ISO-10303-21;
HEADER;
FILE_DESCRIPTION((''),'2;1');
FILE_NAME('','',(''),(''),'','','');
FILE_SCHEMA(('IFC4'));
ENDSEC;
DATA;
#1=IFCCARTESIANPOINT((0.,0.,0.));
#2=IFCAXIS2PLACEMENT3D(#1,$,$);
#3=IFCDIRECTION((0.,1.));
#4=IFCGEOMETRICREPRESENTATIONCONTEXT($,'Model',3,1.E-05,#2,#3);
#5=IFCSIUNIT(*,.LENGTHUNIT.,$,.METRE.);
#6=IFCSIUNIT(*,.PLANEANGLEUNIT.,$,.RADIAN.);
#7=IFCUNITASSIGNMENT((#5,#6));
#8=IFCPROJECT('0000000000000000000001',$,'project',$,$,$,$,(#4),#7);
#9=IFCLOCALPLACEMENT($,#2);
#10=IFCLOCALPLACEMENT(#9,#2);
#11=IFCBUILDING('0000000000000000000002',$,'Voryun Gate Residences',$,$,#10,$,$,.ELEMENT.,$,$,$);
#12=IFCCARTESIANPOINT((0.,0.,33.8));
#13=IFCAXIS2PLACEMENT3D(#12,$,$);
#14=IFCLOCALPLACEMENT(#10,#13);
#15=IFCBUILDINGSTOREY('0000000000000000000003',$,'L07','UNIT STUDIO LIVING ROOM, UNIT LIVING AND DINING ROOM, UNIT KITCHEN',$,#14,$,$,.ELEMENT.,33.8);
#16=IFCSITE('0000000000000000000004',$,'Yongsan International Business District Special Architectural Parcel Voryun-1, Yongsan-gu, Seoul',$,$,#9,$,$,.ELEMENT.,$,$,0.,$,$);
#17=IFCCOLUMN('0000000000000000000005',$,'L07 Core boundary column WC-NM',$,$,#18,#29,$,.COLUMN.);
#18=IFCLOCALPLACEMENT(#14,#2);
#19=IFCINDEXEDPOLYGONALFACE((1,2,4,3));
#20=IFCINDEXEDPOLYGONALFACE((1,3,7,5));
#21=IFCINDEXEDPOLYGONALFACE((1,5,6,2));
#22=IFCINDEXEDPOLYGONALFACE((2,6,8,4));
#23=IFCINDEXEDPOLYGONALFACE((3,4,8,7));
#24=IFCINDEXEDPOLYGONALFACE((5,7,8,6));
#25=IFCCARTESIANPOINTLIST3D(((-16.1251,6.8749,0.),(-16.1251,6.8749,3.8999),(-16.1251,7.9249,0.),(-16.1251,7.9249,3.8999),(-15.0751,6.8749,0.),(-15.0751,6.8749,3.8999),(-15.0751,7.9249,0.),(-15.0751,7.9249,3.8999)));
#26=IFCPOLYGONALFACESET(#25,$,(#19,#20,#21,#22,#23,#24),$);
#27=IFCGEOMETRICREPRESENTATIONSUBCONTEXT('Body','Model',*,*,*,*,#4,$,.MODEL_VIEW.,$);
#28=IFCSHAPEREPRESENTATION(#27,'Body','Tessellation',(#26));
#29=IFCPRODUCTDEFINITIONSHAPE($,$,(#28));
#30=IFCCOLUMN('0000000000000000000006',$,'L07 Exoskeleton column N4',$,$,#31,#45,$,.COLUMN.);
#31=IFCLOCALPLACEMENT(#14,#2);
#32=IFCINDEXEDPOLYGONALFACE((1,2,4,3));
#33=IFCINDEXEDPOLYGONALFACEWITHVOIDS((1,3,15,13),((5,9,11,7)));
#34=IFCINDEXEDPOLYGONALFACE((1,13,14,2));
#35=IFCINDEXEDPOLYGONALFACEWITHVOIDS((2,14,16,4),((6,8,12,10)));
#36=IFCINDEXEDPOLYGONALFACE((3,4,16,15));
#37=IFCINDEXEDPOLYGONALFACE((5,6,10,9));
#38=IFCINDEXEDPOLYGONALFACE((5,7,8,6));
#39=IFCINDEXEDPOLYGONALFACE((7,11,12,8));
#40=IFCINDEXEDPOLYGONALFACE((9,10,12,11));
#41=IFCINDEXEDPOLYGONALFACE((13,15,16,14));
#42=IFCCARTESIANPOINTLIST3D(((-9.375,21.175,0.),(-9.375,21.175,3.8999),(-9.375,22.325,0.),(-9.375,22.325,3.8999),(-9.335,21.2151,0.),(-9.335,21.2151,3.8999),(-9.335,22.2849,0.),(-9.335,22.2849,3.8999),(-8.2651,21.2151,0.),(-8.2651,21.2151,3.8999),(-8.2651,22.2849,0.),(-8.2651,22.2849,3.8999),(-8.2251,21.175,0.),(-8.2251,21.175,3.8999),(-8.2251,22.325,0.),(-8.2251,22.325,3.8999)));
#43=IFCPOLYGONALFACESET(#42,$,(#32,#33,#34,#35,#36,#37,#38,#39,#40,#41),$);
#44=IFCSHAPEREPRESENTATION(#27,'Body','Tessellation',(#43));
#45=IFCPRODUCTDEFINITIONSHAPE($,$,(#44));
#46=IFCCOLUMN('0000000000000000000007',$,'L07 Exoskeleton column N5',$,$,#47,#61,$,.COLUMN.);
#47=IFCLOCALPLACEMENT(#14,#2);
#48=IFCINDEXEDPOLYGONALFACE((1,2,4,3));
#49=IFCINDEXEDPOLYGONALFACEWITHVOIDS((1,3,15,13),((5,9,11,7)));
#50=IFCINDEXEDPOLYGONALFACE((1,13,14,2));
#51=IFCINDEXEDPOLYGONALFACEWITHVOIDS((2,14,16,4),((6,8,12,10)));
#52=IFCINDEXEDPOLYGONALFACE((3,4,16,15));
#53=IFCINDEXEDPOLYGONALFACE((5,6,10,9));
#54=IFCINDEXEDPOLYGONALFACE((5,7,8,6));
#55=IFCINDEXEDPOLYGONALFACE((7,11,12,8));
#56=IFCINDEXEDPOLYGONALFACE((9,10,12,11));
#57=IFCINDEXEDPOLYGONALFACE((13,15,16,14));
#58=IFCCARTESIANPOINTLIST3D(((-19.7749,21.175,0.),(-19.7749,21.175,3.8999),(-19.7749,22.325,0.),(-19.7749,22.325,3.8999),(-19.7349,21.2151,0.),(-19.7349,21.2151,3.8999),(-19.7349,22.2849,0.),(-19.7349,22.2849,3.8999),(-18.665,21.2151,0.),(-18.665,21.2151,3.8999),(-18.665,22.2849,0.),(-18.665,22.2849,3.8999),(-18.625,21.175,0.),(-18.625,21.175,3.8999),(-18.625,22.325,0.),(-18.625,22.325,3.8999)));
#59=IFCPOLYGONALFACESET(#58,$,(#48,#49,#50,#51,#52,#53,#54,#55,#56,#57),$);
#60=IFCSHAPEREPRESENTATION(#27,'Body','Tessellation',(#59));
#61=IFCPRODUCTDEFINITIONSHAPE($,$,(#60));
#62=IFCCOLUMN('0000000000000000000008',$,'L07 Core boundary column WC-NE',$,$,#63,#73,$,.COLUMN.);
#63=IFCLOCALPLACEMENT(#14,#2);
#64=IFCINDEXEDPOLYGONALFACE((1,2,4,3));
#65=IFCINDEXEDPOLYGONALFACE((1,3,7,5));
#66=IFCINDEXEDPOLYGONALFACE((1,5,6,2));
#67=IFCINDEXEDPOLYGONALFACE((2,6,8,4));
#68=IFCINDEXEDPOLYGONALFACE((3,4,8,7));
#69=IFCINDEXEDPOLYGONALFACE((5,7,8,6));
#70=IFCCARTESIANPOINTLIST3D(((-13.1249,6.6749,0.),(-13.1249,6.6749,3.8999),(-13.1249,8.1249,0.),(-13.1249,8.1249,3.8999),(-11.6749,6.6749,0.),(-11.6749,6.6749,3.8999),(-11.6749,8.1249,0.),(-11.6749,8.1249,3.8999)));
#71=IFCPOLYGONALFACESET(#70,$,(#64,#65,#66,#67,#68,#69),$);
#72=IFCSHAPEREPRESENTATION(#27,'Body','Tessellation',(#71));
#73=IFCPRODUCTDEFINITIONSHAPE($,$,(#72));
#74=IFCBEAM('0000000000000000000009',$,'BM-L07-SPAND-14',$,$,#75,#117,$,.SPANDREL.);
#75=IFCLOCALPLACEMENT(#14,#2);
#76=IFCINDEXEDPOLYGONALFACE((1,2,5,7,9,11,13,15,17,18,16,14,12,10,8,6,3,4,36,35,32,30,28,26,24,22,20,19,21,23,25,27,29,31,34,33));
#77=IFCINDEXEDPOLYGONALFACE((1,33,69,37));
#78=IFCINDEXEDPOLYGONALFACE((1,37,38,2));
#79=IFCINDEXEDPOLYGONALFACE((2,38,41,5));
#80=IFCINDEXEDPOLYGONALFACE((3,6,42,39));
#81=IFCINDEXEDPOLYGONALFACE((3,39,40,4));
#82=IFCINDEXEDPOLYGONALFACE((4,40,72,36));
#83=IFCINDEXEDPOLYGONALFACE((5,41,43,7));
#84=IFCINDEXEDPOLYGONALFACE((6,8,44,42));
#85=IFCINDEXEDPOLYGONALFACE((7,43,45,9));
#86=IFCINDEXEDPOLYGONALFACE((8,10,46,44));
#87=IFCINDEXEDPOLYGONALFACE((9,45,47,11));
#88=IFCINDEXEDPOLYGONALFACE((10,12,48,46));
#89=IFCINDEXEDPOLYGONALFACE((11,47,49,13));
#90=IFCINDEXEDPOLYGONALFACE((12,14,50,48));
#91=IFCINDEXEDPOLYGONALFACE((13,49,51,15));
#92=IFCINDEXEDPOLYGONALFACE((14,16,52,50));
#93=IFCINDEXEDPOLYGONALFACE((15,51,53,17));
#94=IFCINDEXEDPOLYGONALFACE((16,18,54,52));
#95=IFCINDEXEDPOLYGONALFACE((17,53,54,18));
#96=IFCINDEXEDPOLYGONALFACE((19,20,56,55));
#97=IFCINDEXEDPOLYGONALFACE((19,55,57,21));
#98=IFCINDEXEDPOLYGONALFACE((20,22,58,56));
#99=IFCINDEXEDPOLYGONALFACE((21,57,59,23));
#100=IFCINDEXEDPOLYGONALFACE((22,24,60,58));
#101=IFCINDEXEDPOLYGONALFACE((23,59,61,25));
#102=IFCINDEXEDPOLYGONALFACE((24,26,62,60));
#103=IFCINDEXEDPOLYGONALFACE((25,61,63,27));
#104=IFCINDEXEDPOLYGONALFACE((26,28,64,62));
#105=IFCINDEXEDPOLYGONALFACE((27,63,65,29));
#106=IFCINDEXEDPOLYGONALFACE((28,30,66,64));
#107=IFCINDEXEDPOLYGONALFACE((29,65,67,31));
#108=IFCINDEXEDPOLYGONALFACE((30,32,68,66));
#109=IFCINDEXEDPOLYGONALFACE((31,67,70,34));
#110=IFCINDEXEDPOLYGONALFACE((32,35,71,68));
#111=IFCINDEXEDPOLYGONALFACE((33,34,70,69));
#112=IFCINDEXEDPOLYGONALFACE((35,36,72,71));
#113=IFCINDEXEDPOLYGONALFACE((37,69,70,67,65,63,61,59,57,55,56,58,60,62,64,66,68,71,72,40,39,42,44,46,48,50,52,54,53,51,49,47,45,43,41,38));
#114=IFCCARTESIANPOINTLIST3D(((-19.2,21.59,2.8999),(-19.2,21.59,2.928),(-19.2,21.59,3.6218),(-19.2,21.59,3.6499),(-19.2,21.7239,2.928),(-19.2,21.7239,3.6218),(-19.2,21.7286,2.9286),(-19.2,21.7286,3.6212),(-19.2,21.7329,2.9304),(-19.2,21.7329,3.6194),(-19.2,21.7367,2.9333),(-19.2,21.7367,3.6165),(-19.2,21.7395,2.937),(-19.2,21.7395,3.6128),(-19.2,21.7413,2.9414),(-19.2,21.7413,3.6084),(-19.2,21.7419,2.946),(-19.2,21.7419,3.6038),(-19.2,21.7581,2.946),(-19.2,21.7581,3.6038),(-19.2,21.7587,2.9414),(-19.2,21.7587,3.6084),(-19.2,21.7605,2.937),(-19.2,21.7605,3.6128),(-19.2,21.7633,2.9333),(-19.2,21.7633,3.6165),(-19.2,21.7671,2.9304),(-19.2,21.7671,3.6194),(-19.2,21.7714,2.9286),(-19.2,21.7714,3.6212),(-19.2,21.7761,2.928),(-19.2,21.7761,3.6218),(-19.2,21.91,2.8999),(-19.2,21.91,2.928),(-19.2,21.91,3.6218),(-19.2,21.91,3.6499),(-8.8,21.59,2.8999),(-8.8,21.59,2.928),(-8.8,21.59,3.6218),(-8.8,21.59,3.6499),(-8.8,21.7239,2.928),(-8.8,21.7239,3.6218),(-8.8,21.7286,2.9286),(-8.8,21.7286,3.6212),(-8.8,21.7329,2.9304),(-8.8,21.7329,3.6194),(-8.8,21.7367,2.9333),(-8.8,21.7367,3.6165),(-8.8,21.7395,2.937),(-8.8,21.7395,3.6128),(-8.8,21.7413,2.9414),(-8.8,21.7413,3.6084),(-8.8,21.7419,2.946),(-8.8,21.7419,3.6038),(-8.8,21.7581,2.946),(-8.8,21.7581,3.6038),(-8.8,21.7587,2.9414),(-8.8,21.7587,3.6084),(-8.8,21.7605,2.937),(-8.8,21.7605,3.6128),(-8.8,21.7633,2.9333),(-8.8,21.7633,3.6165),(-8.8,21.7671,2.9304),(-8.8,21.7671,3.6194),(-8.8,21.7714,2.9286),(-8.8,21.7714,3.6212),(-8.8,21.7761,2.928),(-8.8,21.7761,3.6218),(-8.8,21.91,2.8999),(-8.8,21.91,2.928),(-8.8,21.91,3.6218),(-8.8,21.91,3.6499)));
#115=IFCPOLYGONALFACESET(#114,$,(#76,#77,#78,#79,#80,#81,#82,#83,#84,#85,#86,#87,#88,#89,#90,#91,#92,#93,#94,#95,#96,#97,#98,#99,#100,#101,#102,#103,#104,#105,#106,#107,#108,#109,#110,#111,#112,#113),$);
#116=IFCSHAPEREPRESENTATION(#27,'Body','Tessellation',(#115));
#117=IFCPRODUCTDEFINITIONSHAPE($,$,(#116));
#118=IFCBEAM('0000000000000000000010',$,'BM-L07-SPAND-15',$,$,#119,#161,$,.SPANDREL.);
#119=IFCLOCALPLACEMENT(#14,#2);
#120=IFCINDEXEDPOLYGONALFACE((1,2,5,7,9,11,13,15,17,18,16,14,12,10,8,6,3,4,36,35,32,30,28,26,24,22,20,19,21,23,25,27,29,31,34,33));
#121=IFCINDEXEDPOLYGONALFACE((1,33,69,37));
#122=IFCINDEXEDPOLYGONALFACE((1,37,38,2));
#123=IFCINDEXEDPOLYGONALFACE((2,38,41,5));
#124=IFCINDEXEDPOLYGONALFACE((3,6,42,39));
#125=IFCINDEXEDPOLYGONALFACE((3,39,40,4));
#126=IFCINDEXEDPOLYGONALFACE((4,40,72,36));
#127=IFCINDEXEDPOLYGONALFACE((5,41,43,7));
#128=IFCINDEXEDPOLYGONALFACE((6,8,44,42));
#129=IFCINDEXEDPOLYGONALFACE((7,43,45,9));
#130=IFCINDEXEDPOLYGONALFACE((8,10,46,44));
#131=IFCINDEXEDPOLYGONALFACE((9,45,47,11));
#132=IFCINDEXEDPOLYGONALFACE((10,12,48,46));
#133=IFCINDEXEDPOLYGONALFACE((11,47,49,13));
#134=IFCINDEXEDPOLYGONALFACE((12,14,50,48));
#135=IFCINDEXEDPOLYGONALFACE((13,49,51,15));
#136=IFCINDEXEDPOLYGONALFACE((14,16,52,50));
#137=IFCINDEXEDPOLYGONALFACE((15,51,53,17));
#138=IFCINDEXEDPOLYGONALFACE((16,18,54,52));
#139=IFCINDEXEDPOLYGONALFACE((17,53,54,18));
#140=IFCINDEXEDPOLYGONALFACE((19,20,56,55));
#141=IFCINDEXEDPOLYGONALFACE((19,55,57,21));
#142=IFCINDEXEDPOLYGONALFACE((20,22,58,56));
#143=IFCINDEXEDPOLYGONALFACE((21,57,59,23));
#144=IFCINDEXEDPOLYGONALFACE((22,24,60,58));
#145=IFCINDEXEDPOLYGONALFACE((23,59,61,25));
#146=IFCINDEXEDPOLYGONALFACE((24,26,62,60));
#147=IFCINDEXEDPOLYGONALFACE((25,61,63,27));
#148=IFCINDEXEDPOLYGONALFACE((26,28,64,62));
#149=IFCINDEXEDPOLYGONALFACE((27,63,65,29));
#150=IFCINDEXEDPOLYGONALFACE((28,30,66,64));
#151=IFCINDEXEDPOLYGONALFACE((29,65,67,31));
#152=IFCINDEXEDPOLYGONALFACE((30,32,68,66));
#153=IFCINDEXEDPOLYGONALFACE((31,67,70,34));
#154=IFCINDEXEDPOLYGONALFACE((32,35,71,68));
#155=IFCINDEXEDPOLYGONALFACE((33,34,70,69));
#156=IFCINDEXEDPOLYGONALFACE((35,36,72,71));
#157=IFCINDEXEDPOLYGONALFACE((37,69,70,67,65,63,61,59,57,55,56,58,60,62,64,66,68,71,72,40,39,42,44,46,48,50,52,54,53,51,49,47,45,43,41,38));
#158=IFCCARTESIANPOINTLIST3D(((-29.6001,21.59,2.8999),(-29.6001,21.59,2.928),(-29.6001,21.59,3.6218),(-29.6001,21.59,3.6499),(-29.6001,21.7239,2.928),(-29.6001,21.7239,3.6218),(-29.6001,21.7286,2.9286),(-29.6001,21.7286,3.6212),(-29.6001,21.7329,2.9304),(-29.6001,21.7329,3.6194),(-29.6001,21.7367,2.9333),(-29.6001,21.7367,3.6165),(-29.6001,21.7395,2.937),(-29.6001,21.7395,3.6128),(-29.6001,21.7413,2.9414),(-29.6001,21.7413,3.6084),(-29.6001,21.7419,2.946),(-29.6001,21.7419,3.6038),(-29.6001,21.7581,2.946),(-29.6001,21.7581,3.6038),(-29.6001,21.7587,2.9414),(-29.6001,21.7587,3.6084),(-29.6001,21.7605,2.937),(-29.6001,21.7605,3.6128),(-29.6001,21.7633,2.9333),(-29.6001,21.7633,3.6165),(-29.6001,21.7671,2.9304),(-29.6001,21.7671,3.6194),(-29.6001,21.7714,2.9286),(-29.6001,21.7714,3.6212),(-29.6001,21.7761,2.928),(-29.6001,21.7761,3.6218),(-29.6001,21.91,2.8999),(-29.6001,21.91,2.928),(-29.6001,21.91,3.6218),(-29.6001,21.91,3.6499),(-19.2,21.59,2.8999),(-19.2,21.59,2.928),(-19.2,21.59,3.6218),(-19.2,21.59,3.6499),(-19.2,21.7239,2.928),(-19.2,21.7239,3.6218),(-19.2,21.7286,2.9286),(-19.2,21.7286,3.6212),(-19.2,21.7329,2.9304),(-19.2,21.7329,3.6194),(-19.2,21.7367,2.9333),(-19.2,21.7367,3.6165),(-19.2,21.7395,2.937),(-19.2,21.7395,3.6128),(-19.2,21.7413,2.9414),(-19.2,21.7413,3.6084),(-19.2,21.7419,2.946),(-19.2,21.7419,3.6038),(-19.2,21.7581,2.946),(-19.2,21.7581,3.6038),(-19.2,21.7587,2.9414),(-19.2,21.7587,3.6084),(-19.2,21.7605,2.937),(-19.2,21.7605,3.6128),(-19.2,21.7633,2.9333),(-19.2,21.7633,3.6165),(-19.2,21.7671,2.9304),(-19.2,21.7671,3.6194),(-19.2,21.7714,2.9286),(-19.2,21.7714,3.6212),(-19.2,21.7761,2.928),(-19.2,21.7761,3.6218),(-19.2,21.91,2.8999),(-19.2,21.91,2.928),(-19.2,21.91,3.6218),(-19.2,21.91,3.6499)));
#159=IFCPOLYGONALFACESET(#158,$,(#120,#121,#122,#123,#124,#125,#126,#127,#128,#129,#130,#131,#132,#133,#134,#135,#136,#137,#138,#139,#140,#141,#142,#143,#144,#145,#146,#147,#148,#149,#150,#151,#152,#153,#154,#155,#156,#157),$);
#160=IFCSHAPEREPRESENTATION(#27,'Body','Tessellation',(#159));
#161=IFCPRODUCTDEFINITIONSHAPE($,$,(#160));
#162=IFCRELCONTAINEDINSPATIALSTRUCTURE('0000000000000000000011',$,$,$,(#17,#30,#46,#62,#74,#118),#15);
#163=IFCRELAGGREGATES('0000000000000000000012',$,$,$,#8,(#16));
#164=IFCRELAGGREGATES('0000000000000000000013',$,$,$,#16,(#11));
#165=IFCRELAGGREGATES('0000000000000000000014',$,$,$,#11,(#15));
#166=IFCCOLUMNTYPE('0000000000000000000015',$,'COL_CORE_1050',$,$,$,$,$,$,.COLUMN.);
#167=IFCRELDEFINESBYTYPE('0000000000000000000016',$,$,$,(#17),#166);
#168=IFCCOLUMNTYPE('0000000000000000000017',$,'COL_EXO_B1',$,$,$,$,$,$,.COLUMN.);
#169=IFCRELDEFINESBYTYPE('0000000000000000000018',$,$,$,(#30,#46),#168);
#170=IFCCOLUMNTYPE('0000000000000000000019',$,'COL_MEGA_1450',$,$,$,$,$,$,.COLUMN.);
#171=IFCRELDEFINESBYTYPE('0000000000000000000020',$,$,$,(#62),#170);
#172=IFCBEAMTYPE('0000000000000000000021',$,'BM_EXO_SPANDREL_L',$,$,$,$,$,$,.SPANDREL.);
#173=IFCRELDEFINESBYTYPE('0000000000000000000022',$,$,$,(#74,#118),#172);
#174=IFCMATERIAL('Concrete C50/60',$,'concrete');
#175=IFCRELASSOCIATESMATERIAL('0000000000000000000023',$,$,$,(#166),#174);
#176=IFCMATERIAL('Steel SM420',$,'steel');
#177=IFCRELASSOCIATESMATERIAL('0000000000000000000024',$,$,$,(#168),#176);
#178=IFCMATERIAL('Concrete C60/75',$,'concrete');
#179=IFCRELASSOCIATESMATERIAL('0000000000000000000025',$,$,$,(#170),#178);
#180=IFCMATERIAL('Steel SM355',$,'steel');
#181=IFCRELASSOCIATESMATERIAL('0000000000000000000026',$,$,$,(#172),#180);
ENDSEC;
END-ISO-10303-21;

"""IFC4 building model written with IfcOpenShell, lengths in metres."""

from ifc_helpers import new_model, si_unit, direction, frame, origin, origin_2d, place, context, subcontext, project, spatial, rectangle, hollow_rectangle, i_section, extrude, material, material_profile, profile_set, type_object, element, save


model = new_model("IFC4")

# Units and contexts
model_context = context("Model", 3, precision=1e-05, world=origin(), true_north=direction((0.0, 1.0)))
body_context = subcontext(model_context, "Body", "Model", "MODEL_VIEW")
ifc_project = project(units=[si_unit("LENGTHUNIT", "METRE"), si_unit("PLANEANGLEUNIT", "RADIAN")], contexts=[model_context])

# Site, building, storey
site_placement = place(None, origin())
site = spatial("IfcSite", under=ifc_project, at=site_placement, Name="Yongsan International Business District Special Architectural Parcel Voryun-1, Yongsan-gu, Seoul", CompositionType="ELEMENT", RefElevation=0.0)
building_placement = place(site_placement, origin())
building = spatial("IfcBuilding", under=site, at=building_placement, Name="Voryun Gate Residences", CompositionType="ELEMENT")
storey_placement = place(building_placement, frame((0.0, 0.0, 33.8)))
storey = spatial("IfcBuildingStorey", under=building, at=storey_placement, Name="L07", Description="UNIT STUDIO LIVING ROOM, UNIT LIVING AND DINING ROOM, UNIT KITCHEN", CompositionType="ELEMENT", Elevation=33.8)

# Columns
ifc_material_1 = material(Name="Concrete C50/60", Category="concrete")
ifc_material_profile_1 = material_profile(ifc_material_1, rectangle(XDim=1.05, YDim=1.05, at=origin_2d()), Name="RC-1050x1050")
ifc_profile_set_1 = profile_set([ifc_material_profile_1], Name="Concrete C50/60")
column_type_1 = type_object("IfcColumnType", Name="COL_CORE_1050", PredefinedType="COLUMN", material=ifc_profile_set_1)
column_1_placement = place(storey_placement, frame((-15.6001, 7.3999, 0.0), z_axis=(0.0, 0.0, 1.0), x_axis=(1.0, 0.0, 0.0)))
element("IfcColumn", 1, at=column_1_placement, inside=storey, type_object=column_type_1, Name="L07 Core boundary column WC-NM", PredefinedType="COLUMN", context=body_context, shape_type="SweptSolid", body=[
    extrude(rectangle(XDim=1.05, YDim=1.05, at=origin_2d()), origin(), (0.0, 0.0, 1.0), 3.8999),
])
ifc_material_2 = material(Name="Steel SM420", Category="steel")
ifc_material_profile_2 = material_profile(ifc_material_2, hollow_rectangle(XDim=1.1499, YDim=1.1499, WallThickness=0.04, at=origin_2d()), Name="BOX-1150x1150x40")
ifc_profile_set_2 = profile_set([ifc_material_profile_2], Name="Steel SM420")
column_type_2 = type_object("IfcColumnType", Name="COL_EXO_B1", PredefinedType="COLUMN", material=ifc_profile_set_2)
for number, where, z_axis, x_axis, name in (
    (2, (-8.8, 21.75, 0.0), (0.0, 0.0, 1.0), (1.0, 0.0, 0.0), "L07 Exoskeleton column N4"),
    (3, (-19.2, 21.75, 0.0), (0.0, 0.0, 1.0), (1.0, 0.0, 0.0), "L07 Exoskeleton column N5"),
):
    element("IfcColumn", number, at=place(storey_placement, frame(where, z_axis=z_axis, x_axis=x_axis)), inside=storey, type_object=column_type_2, Name=name, PredefinedType="COLUMN", context=body_context, shape_type="SweptSolid", body=[
        extrude(hollow_rectangle(XDim=1.1499, YDim=1.1499, WallThickness=0.04, at=origin_2d()), origin(), (0.0, 0.0, 1.0), 3.8999),
    ])
ifc_material_3 = material(Name="Concrete C60/75", Category="concrete")
ifc_material_profile_3 = material_profile(ifc_material_3, rectangle(XDim=1.45, YDim=1.45, at=origin_2d()), Name="RC-1450x1450")
ifc_profile_set_3 = profile_set([ifc_material_profile_3], Name="Concrete C60/75")
column_type_3 = type_object("IfcColumnType", Name="COL_MEGA_1450", PredefinedType="COLUMN", material=ifc_profile_set_3)
column_2_placement = place(storey_placement, frame((-12.3999, 7.3999, 0.0), z_axis=(0.0, 0.0, 1.0), x_axis=(1.0, 0.0, 0.0)))
element("IfcColumn", 4, at=column_2_placement, inside=storey, type_object=column_type_3, Name="L07 Core boundary column WC-NE", PredefinedType="COLUMN", context=body_context, shape_type="SweptSolid", body=[
    extrude(rectangle(XDim=1.45, YDim=1.45, at=origin_2d()), origin(), (0.0, 0.0, 1.0), 3.8999),
])

# Beams
ifc_material_4 = material(Name="Steel SM355", Category="steel")
ifc_material_profile_4 = material_profile(ifc_material_4, i_section(OverallWidth=0.3201, OverallDepth=0.75, WebThickness=0.0161, FlangeThickness=0.0281, FilletRadius=0.0181, at=origin_2d()), Name="H-750x320x16x28")
ifc_profile_set_4 = profile_set([ifc_material_profile_4], Name="Steel SM355")
beam_type_1 = type_object("IfcBeamType", Name="BM_EXO_SPANDREL_L", PredefinedType="SPANDREL", material=ifc_profile_set_4)
beam_1_placement = place(storey_placement, frame((-8.8, 21.75, 3.2749), z_axis=(-1.0, 0.0, 0.0), x_axis=(0.0, -1.0, 0.0)))
element("IfcBeam", 5, at=beam_1_placement, inside=storey, type_object=beam_type_1, Name="BM-L07-SPAND-14", PredefinedType="SPANDREL", context=body_context, shape_type="SweptSolid", body=[
    extrude(i_section(OverallWidth=0.3201, OverallDepth=0.75, WebThickness=0.0161, FlangeThickness=0.0281, FilletRadius=0.0181, at=origin_2d()), origin(), (0.0, 0.0, 1.0), 10.3999),
])
beam_2_placement = place(storey_placement, frame((-19.2, 21.75, 3.2749), z_axis=(-1.0, 0.0, 0.0), x_axis=(0.0, -1.0, 0.0)))
element("IfcBeam", 6, at=beam_2_placement, inside=storey, type_object=beam_type_1, Name="BM-L07-SPAND-15", PredefinedType="SPANDREL", context=body_context, shape_type="SweptSolid", body=[
    extrude(i_section(OverallWidth=0.3201, OverallDepth=0.75, WebThickness=0.0161, FlangeThickness=0.0281, FilletRadius=0.0181, at=origin_2d()), origin(), (0.0, 0.0, 1.0), 10.4001),
])

save(model, "model.ifc")
